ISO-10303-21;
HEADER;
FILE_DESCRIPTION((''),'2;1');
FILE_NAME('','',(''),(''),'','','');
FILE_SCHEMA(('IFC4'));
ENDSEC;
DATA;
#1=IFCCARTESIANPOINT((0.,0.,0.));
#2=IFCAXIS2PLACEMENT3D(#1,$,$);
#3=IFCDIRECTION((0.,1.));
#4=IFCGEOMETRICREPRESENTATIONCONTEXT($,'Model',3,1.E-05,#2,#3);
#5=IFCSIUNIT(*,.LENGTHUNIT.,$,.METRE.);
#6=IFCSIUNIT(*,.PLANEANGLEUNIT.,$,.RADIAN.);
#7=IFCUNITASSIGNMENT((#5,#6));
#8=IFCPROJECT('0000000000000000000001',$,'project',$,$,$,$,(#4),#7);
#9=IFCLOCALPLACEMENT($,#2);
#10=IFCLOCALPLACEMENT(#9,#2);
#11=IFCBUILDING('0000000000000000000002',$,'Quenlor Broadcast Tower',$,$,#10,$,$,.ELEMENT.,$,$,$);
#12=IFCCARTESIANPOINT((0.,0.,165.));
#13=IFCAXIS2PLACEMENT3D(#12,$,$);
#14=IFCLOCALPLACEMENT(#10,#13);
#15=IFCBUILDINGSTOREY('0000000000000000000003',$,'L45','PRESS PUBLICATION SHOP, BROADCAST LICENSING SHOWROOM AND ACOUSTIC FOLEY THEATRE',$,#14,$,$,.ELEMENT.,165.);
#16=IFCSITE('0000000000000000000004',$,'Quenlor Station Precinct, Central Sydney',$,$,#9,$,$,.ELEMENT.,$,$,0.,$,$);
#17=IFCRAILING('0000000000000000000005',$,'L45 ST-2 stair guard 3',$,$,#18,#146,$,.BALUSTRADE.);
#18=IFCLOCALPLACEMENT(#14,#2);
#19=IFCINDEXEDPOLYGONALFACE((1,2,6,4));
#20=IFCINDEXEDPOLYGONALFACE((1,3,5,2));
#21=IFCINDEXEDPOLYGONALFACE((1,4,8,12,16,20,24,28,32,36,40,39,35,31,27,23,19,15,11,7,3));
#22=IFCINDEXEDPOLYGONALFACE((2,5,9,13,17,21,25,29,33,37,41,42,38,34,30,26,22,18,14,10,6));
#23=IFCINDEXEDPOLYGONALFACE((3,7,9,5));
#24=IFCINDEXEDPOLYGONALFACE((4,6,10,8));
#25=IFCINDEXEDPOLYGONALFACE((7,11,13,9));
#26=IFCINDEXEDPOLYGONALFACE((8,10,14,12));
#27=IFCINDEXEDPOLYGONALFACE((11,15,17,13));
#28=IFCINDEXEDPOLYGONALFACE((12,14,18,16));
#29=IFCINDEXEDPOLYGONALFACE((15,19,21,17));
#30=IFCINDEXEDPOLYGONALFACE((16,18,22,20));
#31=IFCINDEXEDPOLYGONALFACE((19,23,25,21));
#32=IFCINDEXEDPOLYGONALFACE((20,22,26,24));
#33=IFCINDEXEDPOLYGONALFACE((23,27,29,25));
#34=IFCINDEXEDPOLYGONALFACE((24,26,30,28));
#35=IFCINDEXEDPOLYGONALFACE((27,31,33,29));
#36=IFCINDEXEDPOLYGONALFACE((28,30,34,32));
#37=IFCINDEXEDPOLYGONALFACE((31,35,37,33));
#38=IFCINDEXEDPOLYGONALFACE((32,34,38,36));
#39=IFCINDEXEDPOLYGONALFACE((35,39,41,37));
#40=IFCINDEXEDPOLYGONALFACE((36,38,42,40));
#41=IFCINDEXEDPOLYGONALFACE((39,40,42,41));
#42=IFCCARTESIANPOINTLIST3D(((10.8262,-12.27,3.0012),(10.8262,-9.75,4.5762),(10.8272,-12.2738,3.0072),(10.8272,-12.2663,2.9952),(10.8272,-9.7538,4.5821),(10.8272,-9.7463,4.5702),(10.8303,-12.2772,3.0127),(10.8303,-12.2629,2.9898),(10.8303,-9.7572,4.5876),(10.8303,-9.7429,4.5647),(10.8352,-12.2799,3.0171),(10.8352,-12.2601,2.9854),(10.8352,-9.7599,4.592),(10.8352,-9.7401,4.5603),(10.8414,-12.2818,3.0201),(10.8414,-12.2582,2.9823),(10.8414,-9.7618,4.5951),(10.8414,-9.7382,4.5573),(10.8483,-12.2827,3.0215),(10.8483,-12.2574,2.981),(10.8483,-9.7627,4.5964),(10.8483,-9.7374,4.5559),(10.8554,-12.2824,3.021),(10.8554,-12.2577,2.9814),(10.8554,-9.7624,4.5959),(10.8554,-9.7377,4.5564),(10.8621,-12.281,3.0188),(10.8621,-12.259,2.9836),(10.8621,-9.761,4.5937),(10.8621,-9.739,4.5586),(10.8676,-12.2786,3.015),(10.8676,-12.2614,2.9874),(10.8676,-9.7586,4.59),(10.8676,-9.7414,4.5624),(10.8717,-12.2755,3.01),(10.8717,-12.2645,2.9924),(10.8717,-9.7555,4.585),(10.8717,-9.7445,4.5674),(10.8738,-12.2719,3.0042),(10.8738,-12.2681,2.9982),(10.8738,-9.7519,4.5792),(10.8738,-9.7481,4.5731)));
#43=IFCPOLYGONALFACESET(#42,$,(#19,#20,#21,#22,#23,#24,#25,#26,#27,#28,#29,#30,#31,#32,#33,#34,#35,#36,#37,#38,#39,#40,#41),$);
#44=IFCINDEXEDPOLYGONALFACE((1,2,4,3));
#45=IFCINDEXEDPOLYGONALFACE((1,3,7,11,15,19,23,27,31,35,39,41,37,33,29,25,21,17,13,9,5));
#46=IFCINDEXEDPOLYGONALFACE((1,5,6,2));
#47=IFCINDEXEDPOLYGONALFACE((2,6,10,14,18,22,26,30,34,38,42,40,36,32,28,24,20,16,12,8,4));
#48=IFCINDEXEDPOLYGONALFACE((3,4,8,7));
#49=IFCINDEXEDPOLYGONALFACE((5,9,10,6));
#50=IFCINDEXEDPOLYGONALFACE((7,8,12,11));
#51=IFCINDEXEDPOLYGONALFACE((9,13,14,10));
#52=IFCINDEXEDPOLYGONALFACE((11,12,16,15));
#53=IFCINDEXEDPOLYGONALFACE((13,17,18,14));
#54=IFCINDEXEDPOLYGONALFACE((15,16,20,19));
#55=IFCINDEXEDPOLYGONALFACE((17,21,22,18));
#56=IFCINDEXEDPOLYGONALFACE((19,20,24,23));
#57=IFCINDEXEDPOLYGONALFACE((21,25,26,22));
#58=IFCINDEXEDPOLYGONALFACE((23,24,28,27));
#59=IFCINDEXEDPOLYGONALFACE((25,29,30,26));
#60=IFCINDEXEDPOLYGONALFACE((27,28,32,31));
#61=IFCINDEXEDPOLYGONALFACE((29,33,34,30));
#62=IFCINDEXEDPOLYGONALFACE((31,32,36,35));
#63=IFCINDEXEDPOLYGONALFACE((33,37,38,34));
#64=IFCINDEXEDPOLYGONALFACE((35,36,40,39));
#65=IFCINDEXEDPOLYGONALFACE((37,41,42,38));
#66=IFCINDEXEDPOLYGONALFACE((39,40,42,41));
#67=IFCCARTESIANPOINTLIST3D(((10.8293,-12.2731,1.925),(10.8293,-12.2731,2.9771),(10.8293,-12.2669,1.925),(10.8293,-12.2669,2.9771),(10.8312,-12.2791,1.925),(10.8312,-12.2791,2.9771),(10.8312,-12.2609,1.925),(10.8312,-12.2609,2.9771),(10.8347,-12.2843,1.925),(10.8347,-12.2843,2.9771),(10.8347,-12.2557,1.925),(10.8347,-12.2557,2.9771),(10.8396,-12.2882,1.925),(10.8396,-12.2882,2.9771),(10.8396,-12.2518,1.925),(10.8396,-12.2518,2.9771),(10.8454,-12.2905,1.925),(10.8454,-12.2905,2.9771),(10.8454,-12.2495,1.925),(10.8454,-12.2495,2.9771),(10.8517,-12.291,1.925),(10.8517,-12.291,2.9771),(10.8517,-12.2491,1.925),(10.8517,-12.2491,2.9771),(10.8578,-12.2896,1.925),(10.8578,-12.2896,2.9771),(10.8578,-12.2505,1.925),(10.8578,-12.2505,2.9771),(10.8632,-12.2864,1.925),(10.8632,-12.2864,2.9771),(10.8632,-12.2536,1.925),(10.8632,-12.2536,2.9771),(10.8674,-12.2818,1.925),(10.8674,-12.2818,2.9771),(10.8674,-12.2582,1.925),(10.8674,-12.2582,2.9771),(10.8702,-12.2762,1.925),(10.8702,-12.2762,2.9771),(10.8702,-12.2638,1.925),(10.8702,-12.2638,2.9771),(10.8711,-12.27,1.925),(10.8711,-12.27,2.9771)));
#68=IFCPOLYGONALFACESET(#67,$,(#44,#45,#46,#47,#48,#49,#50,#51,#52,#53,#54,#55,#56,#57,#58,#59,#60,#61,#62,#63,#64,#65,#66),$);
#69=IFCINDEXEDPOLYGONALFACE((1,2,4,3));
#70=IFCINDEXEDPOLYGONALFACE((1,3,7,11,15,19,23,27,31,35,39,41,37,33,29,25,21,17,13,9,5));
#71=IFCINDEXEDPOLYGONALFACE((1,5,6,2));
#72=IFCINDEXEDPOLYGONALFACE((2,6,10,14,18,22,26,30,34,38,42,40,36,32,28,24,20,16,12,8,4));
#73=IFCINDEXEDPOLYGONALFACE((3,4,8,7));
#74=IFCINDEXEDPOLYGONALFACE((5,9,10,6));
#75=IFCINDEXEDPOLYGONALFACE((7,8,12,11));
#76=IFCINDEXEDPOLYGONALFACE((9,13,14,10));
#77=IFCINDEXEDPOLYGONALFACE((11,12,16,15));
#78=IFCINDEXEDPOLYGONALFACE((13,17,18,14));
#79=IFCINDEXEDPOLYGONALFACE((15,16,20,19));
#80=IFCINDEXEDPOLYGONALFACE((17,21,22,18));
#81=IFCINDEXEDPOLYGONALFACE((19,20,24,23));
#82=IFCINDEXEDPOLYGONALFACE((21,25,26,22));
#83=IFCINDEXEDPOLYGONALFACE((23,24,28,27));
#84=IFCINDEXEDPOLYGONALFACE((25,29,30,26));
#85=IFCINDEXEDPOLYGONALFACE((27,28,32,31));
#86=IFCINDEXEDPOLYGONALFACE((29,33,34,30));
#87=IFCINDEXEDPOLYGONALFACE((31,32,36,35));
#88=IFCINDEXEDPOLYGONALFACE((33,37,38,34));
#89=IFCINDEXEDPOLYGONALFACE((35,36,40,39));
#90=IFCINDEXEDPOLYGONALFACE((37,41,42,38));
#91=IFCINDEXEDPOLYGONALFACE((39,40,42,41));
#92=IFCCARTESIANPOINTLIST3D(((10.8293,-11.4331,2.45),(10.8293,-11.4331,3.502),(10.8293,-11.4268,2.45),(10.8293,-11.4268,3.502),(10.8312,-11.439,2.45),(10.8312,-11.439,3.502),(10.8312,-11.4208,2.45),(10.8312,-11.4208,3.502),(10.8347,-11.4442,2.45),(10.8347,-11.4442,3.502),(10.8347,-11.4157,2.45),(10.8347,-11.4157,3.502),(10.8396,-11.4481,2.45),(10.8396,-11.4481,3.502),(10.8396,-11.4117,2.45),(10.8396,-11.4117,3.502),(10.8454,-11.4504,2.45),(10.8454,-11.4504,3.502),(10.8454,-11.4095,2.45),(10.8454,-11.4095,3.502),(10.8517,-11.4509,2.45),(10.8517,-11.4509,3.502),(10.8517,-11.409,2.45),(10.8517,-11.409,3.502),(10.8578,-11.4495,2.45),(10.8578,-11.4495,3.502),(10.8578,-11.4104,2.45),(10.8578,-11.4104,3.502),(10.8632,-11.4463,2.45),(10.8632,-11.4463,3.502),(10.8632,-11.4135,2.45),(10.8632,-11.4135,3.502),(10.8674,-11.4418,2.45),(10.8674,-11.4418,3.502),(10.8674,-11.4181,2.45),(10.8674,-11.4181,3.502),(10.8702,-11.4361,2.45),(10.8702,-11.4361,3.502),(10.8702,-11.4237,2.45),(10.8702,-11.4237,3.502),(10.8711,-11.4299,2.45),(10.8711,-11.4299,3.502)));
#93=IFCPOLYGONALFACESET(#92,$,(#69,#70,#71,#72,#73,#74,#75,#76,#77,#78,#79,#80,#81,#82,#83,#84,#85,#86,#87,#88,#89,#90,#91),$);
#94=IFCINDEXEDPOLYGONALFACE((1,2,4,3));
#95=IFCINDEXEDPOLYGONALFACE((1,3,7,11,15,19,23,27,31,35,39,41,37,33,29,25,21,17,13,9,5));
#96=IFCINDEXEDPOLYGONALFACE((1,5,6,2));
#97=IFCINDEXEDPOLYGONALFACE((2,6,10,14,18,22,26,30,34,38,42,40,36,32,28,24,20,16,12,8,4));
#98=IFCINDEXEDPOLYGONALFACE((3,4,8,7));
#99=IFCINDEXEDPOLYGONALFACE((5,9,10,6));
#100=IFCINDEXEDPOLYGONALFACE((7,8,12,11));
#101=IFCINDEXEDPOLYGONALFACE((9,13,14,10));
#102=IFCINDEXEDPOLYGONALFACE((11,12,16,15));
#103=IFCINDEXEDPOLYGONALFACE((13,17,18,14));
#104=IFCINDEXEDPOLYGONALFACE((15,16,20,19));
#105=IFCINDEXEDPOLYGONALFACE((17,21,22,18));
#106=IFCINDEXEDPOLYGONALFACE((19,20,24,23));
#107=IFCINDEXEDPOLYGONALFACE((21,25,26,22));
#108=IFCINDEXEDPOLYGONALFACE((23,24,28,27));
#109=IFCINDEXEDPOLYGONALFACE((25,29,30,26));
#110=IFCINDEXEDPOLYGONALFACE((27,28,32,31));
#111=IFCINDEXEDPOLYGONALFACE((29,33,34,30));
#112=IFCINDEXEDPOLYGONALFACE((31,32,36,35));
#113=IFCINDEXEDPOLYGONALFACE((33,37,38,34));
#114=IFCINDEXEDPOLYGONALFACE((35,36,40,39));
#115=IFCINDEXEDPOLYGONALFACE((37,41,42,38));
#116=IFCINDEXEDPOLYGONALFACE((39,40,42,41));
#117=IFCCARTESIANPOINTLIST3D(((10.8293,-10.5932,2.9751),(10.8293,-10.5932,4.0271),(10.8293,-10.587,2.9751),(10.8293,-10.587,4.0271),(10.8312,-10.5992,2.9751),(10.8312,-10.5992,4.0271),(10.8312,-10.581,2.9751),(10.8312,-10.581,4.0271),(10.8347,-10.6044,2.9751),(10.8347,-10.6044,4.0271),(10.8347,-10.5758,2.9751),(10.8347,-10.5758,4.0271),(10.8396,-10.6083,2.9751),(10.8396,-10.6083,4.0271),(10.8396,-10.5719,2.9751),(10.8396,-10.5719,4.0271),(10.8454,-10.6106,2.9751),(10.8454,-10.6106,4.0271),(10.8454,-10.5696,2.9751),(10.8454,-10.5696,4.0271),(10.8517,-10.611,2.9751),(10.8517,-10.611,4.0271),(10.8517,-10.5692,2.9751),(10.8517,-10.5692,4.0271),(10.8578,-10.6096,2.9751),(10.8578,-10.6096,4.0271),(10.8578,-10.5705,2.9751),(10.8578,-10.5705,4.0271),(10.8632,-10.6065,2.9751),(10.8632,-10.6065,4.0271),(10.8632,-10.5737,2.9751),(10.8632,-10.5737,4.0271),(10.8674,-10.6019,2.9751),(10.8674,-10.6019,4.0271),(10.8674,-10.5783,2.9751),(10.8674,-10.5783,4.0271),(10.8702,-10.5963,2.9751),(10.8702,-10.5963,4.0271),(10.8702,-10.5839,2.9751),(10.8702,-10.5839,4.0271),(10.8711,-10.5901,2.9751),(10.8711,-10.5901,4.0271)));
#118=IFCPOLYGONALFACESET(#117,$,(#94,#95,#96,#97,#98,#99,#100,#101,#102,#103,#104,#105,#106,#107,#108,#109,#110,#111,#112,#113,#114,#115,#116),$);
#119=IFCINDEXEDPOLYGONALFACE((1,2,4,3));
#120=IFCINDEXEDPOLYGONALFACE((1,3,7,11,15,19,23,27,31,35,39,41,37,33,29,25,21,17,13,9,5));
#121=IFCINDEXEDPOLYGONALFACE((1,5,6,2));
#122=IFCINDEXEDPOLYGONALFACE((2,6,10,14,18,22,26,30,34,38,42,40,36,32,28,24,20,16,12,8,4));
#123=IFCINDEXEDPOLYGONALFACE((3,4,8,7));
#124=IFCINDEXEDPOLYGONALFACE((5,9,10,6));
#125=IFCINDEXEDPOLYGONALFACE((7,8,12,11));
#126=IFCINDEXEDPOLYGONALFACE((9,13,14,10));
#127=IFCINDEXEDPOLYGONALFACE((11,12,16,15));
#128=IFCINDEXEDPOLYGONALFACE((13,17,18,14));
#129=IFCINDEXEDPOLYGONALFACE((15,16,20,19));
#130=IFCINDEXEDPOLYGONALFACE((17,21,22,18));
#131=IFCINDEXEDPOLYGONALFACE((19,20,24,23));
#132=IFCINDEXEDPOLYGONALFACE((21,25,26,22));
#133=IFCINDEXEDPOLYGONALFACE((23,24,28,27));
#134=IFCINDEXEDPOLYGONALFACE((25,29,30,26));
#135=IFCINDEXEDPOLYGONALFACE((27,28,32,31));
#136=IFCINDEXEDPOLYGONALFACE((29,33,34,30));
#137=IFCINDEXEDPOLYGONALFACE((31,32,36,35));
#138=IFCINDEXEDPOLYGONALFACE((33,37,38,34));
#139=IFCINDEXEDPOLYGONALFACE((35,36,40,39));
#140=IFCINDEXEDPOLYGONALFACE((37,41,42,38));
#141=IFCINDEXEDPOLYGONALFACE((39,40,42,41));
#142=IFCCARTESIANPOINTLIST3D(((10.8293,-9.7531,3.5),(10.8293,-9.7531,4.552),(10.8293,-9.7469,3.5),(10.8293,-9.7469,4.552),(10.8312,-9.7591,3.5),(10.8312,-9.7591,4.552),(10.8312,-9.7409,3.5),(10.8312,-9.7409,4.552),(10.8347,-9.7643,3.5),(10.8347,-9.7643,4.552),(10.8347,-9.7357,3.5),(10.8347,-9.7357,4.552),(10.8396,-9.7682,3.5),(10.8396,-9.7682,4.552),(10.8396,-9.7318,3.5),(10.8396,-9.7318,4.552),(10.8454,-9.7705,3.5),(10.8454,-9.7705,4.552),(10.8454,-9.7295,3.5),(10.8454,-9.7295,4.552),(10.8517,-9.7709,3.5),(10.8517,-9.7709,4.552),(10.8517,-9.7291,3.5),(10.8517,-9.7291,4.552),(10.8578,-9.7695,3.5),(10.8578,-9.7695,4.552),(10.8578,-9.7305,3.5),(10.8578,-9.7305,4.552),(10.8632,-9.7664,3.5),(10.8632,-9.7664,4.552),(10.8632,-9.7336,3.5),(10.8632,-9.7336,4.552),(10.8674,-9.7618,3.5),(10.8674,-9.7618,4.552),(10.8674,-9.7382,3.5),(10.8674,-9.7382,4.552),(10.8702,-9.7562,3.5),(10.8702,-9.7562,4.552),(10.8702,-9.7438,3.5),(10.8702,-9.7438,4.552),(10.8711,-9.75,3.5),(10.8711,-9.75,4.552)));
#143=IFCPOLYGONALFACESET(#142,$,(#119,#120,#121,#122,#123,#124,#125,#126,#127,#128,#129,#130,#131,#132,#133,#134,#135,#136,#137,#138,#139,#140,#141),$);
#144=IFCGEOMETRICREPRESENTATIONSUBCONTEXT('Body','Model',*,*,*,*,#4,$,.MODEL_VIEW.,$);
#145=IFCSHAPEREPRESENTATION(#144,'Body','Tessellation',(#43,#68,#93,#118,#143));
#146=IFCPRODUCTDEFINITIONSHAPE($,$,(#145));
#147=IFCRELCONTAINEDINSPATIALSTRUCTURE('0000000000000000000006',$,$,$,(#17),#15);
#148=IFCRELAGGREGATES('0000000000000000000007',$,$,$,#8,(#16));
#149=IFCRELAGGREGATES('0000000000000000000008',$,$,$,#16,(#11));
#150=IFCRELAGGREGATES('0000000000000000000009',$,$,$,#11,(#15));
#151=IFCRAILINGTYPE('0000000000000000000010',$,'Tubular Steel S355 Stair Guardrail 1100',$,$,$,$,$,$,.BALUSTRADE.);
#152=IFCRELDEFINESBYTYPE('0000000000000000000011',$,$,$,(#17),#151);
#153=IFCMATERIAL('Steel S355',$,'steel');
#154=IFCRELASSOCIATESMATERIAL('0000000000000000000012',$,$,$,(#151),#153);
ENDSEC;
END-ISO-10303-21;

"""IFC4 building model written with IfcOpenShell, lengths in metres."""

from ifc_helpers import new_model, si_unit, direction, frame, origin, origin_2d, place, context, subcontext, project, spatial, circle, extrude, material, type_object, element, save


model = new_model("IFC4")

# Units and contexts
model_context = context("Model", 3, precision=1e-05, world=origin(), true_north=direction((0.0, 1.0)))
body_context = subcontext(model_context, "Body", "Model", "MODEL_VIEW")
ifc_project = project(units=[si_unit("LENGTHUNIT", "METRE"), si_unit("PLANEANGLEUNIT", "RADIAN")], contexts=[model_context])

# Site, building, storey
site_placement = place(None, origin())
site = spatial("IfcSite", under=ifc_project, at=site_placement, Name="Quenlor Station Precinct, Central Sydney", CompositionType="ELEMENT", RefElevation=0.0)
building_placement = place(site_placement, origin())
building = spatial("IfcBuilding", under=site, at=building_placement, Name="Quenlor Broadcast Tower", CompositionType="ELEMENT")
storey_placement = place(building_placement, frame((0.0, 0.0, 165.0)))
storey = spatial("IfcBuildingStorey", under=building, at=storey_placement, Name="L45", Description="PRESS PUBLICATION SHOP, BROADCAST LICENSING SHOWROOM AND ACOUSTIC FOLEY THEATRE", CompositionType="ELEMENT", Elevation=165.0)

# Railing
ifc_material_1 = material(Name="Steel S355", Category="steel")
railing_type_1 = type_object("IfcRailingType", Name="Tubular Steel S355 Stair Guardrail 1100", PredefinedType="BALUSTRADE", material=ifc_material_1)
railing_1_placement = place(storey_placement, frame((10.8501, -12.27, 1.925)))
element("IfcRailing", 1, at=railing_1_placement, inside=storey, type_object=railing_type_1, Name="L45 ST-2 stair guard 3", PredefinedType="BALUSTRADE", context=body_context, shape_type="SweptSolid", body=[
    extrude(circle(Radius=0.0239, at=origin_2d()), frame((0.0, 0.0, 1.0762), z_axis=(0.0, 0.848008, 0.529984), x_axis=(-1.0, 0.0, 0.0)), (0.0, 0.0, 1.0), 2.9717),
    extrude(circle(Radius=0.021, at=origin_2d()), origin(), (0.0, 0.0, 1.0), 1.052),
    extrude(circle(Radius=0.021, at=origin_2d()), frame((0.0, 0.8401, 0.5249)), (0.0, 0.0, 1.0), 1.052),
    extrude(circle(Radius=0.021, at=origin_2d()), frame((0.0, 1.6799, 1.05)), (0.0, 0.0, 1.0), 1.052),
    extrude(circle(Radius=0.021, at=origin_2d()), frame((0.0, 2.52, 1.575)), (0.0, 0.0, 1.0), 1.052),
])

save(model, "model.ifc")
